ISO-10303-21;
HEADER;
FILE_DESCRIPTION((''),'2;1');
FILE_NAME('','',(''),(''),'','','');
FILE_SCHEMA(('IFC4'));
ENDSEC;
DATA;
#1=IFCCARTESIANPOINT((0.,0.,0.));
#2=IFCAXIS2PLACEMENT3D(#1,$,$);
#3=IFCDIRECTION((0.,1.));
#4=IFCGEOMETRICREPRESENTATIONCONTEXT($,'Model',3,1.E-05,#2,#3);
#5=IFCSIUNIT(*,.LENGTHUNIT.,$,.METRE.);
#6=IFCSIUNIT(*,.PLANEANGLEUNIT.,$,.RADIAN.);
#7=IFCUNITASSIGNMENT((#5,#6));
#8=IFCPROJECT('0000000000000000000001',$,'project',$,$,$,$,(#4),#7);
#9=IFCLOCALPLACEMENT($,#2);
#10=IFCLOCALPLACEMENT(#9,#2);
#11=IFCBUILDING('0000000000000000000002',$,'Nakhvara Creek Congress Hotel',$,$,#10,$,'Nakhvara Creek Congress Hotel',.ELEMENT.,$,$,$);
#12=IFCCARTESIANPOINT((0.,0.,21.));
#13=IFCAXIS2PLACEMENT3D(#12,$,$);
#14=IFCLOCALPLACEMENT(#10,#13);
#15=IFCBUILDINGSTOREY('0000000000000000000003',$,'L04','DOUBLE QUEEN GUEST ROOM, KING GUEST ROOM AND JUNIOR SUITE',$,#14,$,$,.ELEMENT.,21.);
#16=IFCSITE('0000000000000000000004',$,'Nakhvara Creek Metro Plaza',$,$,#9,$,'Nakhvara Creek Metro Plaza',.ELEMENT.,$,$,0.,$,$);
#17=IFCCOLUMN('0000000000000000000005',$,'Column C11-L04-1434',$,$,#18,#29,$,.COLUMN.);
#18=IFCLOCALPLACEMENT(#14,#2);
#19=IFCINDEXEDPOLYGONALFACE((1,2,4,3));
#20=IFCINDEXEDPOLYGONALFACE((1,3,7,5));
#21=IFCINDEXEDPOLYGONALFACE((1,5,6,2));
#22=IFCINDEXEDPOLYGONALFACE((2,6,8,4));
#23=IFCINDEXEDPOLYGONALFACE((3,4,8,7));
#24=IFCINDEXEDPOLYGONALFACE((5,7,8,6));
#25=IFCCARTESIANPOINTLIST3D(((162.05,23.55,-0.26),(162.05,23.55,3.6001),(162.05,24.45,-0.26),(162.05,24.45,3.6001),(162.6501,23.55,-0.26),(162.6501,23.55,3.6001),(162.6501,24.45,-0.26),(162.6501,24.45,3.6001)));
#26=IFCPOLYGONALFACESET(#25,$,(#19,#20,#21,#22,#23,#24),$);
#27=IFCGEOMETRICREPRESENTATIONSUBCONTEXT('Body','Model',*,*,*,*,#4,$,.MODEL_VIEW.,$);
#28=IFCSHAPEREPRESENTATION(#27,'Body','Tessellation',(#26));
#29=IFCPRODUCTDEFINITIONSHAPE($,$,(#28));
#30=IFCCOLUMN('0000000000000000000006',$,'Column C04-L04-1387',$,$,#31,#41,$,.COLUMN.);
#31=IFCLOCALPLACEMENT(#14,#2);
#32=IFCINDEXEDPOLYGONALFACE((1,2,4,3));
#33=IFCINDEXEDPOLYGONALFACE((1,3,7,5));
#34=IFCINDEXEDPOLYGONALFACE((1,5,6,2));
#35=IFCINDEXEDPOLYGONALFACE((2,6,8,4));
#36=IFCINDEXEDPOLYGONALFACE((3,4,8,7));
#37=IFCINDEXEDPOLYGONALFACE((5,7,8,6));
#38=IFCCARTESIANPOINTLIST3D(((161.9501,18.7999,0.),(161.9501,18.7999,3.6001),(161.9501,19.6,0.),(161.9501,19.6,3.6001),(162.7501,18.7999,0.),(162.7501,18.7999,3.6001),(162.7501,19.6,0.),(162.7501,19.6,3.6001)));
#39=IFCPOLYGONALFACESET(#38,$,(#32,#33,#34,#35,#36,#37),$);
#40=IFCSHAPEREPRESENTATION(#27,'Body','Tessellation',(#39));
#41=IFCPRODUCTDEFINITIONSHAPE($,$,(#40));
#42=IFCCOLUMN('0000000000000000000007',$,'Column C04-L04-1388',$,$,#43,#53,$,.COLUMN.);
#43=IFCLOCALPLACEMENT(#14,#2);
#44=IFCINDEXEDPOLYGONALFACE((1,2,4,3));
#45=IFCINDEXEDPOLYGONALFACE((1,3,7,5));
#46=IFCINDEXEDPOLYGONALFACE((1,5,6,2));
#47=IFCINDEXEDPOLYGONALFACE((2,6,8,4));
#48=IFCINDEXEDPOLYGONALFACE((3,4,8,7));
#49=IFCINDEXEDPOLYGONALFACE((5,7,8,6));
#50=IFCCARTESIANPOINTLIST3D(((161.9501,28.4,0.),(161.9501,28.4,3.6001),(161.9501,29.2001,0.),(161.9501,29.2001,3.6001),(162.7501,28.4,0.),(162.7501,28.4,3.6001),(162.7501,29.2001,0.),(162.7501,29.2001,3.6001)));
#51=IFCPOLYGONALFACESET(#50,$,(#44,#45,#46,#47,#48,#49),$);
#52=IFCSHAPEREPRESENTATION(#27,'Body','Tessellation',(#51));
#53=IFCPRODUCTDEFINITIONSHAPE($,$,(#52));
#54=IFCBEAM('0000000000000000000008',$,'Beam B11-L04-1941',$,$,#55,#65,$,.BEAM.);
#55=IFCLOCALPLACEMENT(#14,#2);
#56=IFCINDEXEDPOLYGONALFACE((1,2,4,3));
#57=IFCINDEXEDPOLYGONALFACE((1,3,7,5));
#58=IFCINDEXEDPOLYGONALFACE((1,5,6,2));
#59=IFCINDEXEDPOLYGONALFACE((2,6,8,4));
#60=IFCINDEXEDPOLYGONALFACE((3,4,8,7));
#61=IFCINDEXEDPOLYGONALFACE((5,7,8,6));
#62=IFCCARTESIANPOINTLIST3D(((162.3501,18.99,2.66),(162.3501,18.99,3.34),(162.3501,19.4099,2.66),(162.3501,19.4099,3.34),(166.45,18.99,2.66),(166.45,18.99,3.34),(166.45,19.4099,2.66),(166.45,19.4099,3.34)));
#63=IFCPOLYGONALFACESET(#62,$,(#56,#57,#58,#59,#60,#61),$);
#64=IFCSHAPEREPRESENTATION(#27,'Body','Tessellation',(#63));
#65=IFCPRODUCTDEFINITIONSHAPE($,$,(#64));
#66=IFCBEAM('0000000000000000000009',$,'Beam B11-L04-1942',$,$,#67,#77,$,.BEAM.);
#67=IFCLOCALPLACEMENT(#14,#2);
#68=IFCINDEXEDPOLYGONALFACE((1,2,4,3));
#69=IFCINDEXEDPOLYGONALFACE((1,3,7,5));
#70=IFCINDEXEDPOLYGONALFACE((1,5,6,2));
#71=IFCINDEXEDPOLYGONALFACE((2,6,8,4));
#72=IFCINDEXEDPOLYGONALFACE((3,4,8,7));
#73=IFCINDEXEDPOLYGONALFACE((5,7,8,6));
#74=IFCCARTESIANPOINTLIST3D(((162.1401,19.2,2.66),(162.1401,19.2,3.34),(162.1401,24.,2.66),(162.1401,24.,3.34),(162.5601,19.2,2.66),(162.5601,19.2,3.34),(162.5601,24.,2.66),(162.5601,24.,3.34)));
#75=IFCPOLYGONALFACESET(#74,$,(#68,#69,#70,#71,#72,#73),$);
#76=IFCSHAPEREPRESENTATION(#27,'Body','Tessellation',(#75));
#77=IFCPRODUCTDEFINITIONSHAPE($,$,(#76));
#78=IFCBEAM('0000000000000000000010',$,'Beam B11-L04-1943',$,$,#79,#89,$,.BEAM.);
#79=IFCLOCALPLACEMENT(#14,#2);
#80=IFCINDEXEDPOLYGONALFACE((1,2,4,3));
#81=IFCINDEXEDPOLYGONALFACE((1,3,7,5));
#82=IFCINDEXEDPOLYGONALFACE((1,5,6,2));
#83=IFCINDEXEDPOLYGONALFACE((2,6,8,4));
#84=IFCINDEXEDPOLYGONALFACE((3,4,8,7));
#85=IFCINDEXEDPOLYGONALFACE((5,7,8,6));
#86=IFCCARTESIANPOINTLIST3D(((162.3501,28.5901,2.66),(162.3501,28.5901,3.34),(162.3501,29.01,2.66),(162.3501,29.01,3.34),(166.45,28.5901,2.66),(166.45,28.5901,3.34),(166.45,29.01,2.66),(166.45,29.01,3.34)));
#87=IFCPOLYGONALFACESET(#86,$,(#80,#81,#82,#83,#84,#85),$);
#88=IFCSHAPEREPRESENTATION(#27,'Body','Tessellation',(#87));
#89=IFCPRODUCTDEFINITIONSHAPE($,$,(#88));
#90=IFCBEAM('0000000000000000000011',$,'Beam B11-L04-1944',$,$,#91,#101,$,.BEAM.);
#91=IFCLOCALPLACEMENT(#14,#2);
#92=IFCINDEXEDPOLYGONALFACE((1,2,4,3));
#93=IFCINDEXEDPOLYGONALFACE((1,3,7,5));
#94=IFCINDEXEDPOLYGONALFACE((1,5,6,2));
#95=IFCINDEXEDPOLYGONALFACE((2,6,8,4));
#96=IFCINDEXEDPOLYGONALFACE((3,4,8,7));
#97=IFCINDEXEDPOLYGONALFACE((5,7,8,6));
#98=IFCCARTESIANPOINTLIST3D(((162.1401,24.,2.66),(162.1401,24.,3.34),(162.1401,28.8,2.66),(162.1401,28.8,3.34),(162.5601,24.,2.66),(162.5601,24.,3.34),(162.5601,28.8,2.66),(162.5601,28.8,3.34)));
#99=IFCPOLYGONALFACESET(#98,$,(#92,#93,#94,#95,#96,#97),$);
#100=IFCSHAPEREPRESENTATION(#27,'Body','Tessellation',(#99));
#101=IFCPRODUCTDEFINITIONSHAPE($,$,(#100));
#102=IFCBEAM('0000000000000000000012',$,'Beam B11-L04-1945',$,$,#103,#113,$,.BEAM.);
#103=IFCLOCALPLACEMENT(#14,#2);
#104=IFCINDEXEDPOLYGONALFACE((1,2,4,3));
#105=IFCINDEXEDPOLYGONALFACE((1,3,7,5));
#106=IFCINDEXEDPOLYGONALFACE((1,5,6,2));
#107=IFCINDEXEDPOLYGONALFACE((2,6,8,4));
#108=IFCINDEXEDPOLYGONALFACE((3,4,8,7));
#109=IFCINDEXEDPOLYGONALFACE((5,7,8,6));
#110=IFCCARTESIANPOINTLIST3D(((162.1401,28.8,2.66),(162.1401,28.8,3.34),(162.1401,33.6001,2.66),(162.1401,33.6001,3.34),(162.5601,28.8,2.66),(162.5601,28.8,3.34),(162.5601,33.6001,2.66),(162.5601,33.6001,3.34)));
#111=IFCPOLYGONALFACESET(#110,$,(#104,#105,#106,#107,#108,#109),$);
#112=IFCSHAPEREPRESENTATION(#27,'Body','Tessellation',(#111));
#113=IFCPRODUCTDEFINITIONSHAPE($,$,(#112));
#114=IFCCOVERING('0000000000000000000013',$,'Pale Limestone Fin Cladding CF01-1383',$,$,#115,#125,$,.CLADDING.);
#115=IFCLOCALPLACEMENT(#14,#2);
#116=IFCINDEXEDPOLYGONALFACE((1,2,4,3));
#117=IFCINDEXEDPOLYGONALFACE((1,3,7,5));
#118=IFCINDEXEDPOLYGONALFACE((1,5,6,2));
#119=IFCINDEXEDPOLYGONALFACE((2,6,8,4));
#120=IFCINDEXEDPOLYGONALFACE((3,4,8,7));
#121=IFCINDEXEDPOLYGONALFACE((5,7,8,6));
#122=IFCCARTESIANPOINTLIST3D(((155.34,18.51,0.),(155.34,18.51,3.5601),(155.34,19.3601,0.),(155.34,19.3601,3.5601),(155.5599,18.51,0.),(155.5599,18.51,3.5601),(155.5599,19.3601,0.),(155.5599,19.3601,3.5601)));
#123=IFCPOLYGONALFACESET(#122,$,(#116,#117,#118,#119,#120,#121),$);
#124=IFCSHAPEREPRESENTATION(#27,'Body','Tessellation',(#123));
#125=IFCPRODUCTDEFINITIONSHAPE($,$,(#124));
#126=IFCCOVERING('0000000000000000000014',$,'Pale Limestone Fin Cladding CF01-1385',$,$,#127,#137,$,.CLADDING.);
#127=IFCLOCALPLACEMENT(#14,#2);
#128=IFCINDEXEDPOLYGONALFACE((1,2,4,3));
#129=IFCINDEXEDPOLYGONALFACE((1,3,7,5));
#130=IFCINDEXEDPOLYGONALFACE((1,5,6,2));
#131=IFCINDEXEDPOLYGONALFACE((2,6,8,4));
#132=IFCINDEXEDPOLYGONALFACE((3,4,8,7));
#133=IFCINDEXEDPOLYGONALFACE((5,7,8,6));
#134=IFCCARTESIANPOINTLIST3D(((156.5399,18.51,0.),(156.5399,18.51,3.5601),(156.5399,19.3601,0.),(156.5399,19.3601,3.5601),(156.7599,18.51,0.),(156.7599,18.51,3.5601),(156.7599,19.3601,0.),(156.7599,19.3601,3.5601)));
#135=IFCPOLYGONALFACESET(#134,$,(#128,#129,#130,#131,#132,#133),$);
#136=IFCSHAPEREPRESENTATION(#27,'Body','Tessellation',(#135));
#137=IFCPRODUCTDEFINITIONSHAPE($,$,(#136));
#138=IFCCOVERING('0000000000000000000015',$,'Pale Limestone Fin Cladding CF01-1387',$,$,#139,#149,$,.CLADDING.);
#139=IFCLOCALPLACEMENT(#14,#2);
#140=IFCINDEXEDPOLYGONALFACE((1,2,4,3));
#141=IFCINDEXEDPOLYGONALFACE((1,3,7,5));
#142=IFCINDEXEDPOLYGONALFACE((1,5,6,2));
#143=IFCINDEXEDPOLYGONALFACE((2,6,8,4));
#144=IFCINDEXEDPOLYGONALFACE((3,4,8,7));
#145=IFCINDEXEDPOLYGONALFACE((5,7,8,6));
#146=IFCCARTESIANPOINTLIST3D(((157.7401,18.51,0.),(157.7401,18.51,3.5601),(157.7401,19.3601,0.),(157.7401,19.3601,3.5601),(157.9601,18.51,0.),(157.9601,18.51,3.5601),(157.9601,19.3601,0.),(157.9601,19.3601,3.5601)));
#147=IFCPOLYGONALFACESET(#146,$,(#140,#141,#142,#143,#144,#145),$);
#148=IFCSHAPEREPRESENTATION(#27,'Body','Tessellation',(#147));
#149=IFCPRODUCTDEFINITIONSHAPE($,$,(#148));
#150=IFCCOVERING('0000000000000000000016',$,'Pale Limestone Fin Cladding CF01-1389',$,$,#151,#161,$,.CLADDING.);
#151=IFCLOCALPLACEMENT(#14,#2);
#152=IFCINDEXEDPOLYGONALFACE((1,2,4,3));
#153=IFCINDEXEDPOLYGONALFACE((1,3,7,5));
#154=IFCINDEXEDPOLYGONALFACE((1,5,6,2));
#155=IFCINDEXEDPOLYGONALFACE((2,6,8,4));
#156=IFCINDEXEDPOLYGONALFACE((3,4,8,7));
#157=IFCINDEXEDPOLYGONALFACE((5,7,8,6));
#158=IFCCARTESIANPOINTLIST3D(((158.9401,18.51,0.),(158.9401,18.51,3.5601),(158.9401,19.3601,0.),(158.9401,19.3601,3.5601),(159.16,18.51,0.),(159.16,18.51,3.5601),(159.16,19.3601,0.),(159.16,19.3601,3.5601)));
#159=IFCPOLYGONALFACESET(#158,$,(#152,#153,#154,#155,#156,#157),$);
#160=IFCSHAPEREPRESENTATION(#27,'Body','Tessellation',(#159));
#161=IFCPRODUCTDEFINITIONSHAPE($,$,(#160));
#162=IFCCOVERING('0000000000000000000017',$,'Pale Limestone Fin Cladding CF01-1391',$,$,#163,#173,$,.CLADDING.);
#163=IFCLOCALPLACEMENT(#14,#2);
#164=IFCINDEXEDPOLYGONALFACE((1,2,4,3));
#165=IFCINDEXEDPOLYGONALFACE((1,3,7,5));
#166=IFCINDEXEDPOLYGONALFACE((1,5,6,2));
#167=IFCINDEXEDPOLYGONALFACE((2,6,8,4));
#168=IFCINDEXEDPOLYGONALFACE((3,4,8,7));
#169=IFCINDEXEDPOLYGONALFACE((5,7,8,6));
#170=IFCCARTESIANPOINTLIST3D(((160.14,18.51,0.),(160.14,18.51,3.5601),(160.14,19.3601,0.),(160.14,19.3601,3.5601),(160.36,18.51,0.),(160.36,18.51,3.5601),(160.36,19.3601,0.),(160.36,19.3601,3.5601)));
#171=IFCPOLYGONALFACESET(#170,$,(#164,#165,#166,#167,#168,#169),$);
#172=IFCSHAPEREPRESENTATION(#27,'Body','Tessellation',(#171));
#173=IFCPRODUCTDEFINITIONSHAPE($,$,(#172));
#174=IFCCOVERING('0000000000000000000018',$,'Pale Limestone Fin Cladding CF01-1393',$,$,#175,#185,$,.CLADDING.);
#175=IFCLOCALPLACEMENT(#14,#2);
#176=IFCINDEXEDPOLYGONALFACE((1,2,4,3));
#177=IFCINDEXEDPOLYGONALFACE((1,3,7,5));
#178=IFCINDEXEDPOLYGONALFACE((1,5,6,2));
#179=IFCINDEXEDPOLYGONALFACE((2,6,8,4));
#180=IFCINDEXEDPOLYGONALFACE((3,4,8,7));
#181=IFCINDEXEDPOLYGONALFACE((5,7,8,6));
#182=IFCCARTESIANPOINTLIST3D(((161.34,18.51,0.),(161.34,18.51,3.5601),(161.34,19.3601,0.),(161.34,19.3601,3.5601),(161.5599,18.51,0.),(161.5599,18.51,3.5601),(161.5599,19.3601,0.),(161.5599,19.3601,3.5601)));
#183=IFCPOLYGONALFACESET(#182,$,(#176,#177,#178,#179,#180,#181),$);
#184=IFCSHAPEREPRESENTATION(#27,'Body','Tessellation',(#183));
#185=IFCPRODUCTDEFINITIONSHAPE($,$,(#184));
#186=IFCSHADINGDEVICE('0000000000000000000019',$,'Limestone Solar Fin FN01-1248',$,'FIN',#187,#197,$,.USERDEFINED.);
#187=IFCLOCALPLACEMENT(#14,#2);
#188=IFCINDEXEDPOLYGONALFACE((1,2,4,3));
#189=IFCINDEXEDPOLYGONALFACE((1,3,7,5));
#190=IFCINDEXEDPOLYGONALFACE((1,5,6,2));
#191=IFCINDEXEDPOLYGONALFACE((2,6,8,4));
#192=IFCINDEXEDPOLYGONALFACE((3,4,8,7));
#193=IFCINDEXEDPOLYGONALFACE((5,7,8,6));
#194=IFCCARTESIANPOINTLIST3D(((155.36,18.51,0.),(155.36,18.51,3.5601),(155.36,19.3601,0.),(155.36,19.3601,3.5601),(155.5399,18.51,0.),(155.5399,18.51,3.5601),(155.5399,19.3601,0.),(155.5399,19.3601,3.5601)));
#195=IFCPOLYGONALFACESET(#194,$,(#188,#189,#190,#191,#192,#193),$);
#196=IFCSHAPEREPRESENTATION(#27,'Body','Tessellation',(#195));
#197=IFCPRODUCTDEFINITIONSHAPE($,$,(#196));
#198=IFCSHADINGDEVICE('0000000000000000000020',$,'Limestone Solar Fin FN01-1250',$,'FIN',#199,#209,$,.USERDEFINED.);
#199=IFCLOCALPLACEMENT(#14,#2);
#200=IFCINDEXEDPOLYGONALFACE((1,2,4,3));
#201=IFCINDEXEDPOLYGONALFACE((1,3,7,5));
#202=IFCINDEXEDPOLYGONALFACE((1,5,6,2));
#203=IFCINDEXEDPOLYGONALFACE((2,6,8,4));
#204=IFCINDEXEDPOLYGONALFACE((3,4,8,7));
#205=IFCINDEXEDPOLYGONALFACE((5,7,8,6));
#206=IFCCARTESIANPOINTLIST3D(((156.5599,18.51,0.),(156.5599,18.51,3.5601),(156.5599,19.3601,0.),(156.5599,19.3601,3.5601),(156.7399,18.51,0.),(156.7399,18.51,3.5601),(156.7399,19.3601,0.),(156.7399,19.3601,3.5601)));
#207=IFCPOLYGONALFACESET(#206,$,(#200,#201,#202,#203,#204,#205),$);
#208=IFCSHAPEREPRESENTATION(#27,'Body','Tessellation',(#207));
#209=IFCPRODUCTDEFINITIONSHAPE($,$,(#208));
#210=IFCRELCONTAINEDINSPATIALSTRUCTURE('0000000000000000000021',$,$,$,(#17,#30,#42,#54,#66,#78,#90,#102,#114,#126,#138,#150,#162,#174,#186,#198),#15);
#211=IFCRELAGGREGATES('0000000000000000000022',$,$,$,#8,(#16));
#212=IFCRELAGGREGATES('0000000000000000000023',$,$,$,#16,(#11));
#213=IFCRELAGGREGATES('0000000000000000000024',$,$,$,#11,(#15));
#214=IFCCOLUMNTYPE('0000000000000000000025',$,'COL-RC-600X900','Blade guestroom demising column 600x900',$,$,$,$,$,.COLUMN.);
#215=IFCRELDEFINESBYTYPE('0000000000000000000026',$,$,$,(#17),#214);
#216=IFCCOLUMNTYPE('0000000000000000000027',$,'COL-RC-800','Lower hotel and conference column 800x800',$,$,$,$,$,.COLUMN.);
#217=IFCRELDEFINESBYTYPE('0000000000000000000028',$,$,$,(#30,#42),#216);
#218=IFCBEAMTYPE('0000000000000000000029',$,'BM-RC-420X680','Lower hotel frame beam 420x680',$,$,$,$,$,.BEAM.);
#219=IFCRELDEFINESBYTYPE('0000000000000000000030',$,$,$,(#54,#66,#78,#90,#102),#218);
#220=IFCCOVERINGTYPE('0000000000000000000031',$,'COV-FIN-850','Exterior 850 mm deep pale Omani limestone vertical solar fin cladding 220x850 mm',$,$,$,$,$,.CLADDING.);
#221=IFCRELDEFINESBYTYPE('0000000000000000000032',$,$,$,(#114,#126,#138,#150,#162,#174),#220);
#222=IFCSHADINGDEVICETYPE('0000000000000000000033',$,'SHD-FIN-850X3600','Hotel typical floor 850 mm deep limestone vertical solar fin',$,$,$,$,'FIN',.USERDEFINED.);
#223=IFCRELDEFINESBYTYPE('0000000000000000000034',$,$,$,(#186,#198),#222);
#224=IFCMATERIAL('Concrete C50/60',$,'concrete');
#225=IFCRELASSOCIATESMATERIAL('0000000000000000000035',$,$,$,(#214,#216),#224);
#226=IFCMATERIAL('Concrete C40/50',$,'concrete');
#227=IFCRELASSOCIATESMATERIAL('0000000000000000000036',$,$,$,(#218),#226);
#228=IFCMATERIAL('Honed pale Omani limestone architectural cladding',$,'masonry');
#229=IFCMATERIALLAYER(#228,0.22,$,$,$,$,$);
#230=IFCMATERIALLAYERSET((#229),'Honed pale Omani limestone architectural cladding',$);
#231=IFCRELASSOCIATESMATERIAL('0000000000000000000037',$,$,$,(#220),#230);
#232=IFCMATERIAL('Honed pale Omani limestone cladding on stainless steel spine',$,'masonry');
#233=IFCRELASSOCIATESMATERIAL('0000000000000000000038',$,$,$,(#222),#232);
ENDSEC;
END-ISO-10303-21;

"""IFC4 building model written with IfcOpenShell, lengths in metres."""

from ifc_helpers import new_model, si_unit, direction, frame, origin, origin_2d, place, context, subcontext, project, spatial, rectangle, extrude, material, layer, layer_set, material_profile, profile_set, type_object, element, save


model = new_model("IFC4")

# Units and contexts
model_context = context("Model", 3, precision=1e-05, world=origin(), true_north=direction((0.0, 1.0)))
body_context = subcontext(model_context, "Body", "Model", "MODEL_VIEW")
ifc_project = project(units=[si_unit("LENGTHUNIT", "METRE"), si_unit("PLANEANGLEUNIT", "RADIAN")], contexts=[model_context])

# Site, building, storey
site_placement = place(None, origin())
site = spatial("IfcSite", under=ifc_project, at=site_placement, Name="Nakhvara Creek Metro Plaza", LongName="Nakhvara Creek Metro Plaza", CompositionType="ELEMENT", RefElevation=0.0)
building_placement = place(site_placement, origin())
building = spatial("IfcBuilding", under=site, at=building_placement, Name="Nakhvara Creek Congress Hotel", LongName="Nakhvara Creek Congress Hotel", CompositionType="ELEMENT")
storey_placement = place(building_placement, frame((0.0, 0.0, 21.0)))
storey = spatial("IfcBuildingStorey", under=building, at=storey_placement, Name="L04", Description="DOUBLE QUEEN GUEST ROOM, KING GUEST ROOM AND JUNIOR SUITE", CompositionType="ELEMENT", Elevation=21.0)

# Columns
ifc_material_1 = material(Name="Concrete C50/60", Category="concrete")
ifc_material_profile_1 = material_profile(ifc_material_1, rectangle(XDim=0.6001, YDim=0.8999, at=origin_2d()), Name="RC-COL 600x900", Category="LoadBearing")
ifc_profile_set_1 = profile_set([ifc_material_profile_1], Name="Concrete C50/60")
column_type_1 = type_object("IfcColumnType", Name="COL-RC-600X900", Description="Blade guestroom demising column 600x900", PredefinedType="COLUMN", material=ifc_profile_set_1)
column_placement = place(storey_placement, frame((162.3501, 24.0, -0.26), z_axis=(0.0, 0.0, 1.0), x_axis=(1.0, 0.0, 0.0)))
element("IfcColumn", 1, at=column_placement, inside=storey, type_object=column_type_1, Name="Column C11-L04-1434", PredefinedType="COLUMN", context=body_context, shape_type="SweptSolid", body=[
    extrude(rectangle(XDim=0.6001, YDim=0.8999, at=origin_2d()), origin(), (0.0, 0.0, 1.0), 3.8601),
])
ifc_material_profile_2 = material_profile(ifc_material_1, rectangle(XDim=0.8, YDim=0.8, at=origin_2d()), Name="RC-COL 800x800", Category="LoadBearing")
ifc_profile_set_2 = profile_set([ifc_material_profile_2], Name="Concrete C50/60")
column_type_2 = type_object("IfcColumnType", Name="COL-RC-800", Description="Lower hotel and conference column 800x800", PredefinedType="COLUMN", material=ifc_profile_set_2)
for number, where, z_axis, x_axis, name in (
    (2, (162.3501, 19.2, 0.0), (0.0, 0.0, 1.0), (1.0, 0.0, 0.0), "Column C04-L04-1387"),
    (3, (162.3501, 28.8, 0.0), (0.0, 0.0, 1.0), (1.0, 0.0, 0.0), "Column C04-L04-1388"),
):
    element("IfcColumn", number, at=place(storey_placement, frame(where, z_axis=z_axis, x_axis=x_axis)), inside=storey, type_object=column_type_2, Name=name, PredefinedType="COLUMN", context=body_context, shape_type="SweptSolid", body=[
        extrude(rectangle(XDim=0.8, YDim=0.8, at=origin_2d()), origin(), (0.0, 0.0, 1.0), 3.6001),
    ])

# Beams
ifc_material_2 = material(Name="Concrete C40/50", Category="concrete")
ifc_material_profile_3 = material_profile(ifc_material_2, rectangle(XDim=0.4199, YDim=0.6799, at=origin_2d()), Name="RC-BM 420x680", Category="LoadBearing")
ifc_profile_set_3 = profile_set([ifc_material_profile_3], Name="Concrete C40/50")
beam_type = type_object("IfcBeamType", Name="BM-RC-420X680", Description="Lower hotel frame beam 420x680", PredefinedType="BEAM", material=ifc_profile_set_3)
beam_1_placement = place(storey_placement, frame((162.3501, 19.2, 3.0), z_axis=(1.0, 0.0, 0.0), x_axis=(0.0, 1.0, 0.0)))
element("IfcBeam", 4, at=beam_1_placement, inside=storey, type_object=beam_type, Name="Beam B11-L04-1941", PredefinedType="BEAM", context=body_context, shape_type="SweptSolid", body=[
    extrude(rectangle(XDim=0.4199, YDim=0.6799, at=origin_2d()), origin(), (0.0, 0.0, 1.0), 4.0999),
])
beam_2_placement = place(storey_placement, frame((162.3501, 19.2, 3.0), z_axis=(0.0, 1.0, 0.0), x_axis=(-1.0, 0.0, 0.0)))
element("IfcBeam", 5, at=beam_2_placement, inside=storey, type_object=beam_type, Name="Beam B11-L04-1942", PredefinedType="BEAM", context=body_context, shape_type="SweptSolid", body=[
    extrude(rectangle(XDim=0.4199, YDim=0.6799, at=origin_2d()), origin(), (0.0, 0.0, 1.0), 4.8),
])
beam_3_placement = place(storey_placement, frame((162.3501, 28.8, 3.0), z_axis=(1.0, 0.0, 0.0), x_axis=(0.0, 1.0, 0.0)))
element("IfcBeam", 6, at=beam_3_placement, inside=storey, type_object=beam_type, Name="Beam B11-L04-1943", PredefinedType="BEAM", context=body_context, shape_type="SweptSolid", body=[
    extrude(rectangle(XDim=0.4199, YDim=0.6799, at=origin_2d()), origin(), (0.0, 0.0, 1.0), 4.0999),
])
for number, where, z_axis, x_axis, name in (
    (7, (162.3501, 24.0, 3.0), (0.0, 1.0, 0.0), (-1.0, 0.0, 0.0), "Beam B11-L04-1944"),
    (8, (162.3501, 28.8, 3.0), (0.0, 1.0, 0.0), (-1.0, 0.0, 0.0), "Beam B11-L04-1945"),
):
    element("IfcBeam", number, at=place(storey_placement, frame(where, z_axis=z_axis, x_axis=x_axis)), inside=storey, type_object=beam_type, Name=name, PredefinedType="BEAM", context=body_context, shape_type="SweptSolid", body=[
        extrude(rectangle(XDim=0.4199, YDim=0.6799, at=origin_2d()), origin(), (0.0, 0.0, 1.0), 4.8),
    ])

# Coverings
ifc_material_3 = material(Name="Honed pale Omani limestone architectural cladding", Category="masonry")
ifc_layer = layer(ifc_material_3, 0.22)
ifc_layer_set = layer_set([ifc_layer], Name="Honed pale Omani limestone architectural cladding")
covering_type = type_object("IfcCoveringType", Name="COV-FIN-850", Description="Exterior 850 mm deep pale Omani limestone vertical solar fin cladding 220x850 mm", PredefinedType="CLADDING", material=ifc_layer_set)
for number, where, z_axis, x_axis, name in (
    (9, (155.45, 18.9351, 0.0), (0.0, 0.0, 1.0), (1.0, 0.0, 0.0), "Pale Limestone Fin Cladding CF01-1383"),
    (10, (156.6499, 18.9351, 0.0), (0.0, 0.0, 1.0), (1.0, 0.0, 0.0), "Pale Limestone Fin Cladding CF01-1385"),
    (11, (157.8501, 18.9351, 0.0), (0.0, 0.0, 1.0), (1.0, 0.0, 0.0), "Pale Limestone Fin Cladding CF01-1387"),
    (12, (159.05, 18.9351, 0.0), (0.0, 0.0, 1.0), (1.0, 0.0, 0.0), "Pale Limestone Fin Cladding CF01-1389"),
    (13, (160.25, 18.9351, 0.0), (0.0, 0.0, 1.0), (1.0, 0.0, 0.0), "Pale Limestone Fin Cladding CF01-1391"),
    (14, (161.45, 18.9351, 0.0), (0.0, 0.0, 1.0), (1.0, 0.0, 0.0), "Pale Limestone Fin Cladding CF01-1393"),
):
    element("IfcCovering", number, at=place(storey_placement, frame(where, z_axis=z_axis, x_axis=x_axis)), inside=storey, type_object=covering_type, Name=name, PredefinedType="CLADDING", context=body_context, shape_type="SweptSolid", body=[
        extrude(rectangle(XDim=0.22, YDim=0.8501, at=origin_2d()), origin(), (0.0, 0.0, 1.0), 3.5601),
    ])

# Shading devices
ifc_material_4 = material(Name="Honed pale Omani limestone cladding on stainless steel spine", Category="masonry")
shading_device_type = type_object("IfcShadingDeviceType", Name="SHD-FIN-850X3600", Description="Hotel typical floor 850 mm deep limestone vertical solar fin", ElementType="FIN", PredefinedType="USERDEFINED", material=ifc_material_4)
for number, where, z_axis, x_axis, name in (
    (15, (155.45, 18.9351, 0.0), (0.0, 0.0, 1.0), (1.0, 0.0, 0.0), "Limestone Solar Fin FN01-1248"),
    (16, (156.6499, 18.9351, 0.0), (0.0, 0.0, 1.0), (1.0, 0.0, 0.0), "Limestone Solar Fin FN01-1250"),
):
    element("IfcShadingDevice", number, at=place(storey_placement, frame(where, z_axis=z_axis, x_axis=x_axis)), inside=storey, type_object=shading_device_type, Name=name, ObjectType="FIN", PredefinedType="USERDEFINED", context=body_context, shape_type="SweptSolid", body=[
        extrude(rectangle(XDim=0.1799, YDim=0.8501, at=origin_2d()), origin(), (0.0, 0.0, 1.0), 3.5601),
    ])

save(model, "model.ifc")
